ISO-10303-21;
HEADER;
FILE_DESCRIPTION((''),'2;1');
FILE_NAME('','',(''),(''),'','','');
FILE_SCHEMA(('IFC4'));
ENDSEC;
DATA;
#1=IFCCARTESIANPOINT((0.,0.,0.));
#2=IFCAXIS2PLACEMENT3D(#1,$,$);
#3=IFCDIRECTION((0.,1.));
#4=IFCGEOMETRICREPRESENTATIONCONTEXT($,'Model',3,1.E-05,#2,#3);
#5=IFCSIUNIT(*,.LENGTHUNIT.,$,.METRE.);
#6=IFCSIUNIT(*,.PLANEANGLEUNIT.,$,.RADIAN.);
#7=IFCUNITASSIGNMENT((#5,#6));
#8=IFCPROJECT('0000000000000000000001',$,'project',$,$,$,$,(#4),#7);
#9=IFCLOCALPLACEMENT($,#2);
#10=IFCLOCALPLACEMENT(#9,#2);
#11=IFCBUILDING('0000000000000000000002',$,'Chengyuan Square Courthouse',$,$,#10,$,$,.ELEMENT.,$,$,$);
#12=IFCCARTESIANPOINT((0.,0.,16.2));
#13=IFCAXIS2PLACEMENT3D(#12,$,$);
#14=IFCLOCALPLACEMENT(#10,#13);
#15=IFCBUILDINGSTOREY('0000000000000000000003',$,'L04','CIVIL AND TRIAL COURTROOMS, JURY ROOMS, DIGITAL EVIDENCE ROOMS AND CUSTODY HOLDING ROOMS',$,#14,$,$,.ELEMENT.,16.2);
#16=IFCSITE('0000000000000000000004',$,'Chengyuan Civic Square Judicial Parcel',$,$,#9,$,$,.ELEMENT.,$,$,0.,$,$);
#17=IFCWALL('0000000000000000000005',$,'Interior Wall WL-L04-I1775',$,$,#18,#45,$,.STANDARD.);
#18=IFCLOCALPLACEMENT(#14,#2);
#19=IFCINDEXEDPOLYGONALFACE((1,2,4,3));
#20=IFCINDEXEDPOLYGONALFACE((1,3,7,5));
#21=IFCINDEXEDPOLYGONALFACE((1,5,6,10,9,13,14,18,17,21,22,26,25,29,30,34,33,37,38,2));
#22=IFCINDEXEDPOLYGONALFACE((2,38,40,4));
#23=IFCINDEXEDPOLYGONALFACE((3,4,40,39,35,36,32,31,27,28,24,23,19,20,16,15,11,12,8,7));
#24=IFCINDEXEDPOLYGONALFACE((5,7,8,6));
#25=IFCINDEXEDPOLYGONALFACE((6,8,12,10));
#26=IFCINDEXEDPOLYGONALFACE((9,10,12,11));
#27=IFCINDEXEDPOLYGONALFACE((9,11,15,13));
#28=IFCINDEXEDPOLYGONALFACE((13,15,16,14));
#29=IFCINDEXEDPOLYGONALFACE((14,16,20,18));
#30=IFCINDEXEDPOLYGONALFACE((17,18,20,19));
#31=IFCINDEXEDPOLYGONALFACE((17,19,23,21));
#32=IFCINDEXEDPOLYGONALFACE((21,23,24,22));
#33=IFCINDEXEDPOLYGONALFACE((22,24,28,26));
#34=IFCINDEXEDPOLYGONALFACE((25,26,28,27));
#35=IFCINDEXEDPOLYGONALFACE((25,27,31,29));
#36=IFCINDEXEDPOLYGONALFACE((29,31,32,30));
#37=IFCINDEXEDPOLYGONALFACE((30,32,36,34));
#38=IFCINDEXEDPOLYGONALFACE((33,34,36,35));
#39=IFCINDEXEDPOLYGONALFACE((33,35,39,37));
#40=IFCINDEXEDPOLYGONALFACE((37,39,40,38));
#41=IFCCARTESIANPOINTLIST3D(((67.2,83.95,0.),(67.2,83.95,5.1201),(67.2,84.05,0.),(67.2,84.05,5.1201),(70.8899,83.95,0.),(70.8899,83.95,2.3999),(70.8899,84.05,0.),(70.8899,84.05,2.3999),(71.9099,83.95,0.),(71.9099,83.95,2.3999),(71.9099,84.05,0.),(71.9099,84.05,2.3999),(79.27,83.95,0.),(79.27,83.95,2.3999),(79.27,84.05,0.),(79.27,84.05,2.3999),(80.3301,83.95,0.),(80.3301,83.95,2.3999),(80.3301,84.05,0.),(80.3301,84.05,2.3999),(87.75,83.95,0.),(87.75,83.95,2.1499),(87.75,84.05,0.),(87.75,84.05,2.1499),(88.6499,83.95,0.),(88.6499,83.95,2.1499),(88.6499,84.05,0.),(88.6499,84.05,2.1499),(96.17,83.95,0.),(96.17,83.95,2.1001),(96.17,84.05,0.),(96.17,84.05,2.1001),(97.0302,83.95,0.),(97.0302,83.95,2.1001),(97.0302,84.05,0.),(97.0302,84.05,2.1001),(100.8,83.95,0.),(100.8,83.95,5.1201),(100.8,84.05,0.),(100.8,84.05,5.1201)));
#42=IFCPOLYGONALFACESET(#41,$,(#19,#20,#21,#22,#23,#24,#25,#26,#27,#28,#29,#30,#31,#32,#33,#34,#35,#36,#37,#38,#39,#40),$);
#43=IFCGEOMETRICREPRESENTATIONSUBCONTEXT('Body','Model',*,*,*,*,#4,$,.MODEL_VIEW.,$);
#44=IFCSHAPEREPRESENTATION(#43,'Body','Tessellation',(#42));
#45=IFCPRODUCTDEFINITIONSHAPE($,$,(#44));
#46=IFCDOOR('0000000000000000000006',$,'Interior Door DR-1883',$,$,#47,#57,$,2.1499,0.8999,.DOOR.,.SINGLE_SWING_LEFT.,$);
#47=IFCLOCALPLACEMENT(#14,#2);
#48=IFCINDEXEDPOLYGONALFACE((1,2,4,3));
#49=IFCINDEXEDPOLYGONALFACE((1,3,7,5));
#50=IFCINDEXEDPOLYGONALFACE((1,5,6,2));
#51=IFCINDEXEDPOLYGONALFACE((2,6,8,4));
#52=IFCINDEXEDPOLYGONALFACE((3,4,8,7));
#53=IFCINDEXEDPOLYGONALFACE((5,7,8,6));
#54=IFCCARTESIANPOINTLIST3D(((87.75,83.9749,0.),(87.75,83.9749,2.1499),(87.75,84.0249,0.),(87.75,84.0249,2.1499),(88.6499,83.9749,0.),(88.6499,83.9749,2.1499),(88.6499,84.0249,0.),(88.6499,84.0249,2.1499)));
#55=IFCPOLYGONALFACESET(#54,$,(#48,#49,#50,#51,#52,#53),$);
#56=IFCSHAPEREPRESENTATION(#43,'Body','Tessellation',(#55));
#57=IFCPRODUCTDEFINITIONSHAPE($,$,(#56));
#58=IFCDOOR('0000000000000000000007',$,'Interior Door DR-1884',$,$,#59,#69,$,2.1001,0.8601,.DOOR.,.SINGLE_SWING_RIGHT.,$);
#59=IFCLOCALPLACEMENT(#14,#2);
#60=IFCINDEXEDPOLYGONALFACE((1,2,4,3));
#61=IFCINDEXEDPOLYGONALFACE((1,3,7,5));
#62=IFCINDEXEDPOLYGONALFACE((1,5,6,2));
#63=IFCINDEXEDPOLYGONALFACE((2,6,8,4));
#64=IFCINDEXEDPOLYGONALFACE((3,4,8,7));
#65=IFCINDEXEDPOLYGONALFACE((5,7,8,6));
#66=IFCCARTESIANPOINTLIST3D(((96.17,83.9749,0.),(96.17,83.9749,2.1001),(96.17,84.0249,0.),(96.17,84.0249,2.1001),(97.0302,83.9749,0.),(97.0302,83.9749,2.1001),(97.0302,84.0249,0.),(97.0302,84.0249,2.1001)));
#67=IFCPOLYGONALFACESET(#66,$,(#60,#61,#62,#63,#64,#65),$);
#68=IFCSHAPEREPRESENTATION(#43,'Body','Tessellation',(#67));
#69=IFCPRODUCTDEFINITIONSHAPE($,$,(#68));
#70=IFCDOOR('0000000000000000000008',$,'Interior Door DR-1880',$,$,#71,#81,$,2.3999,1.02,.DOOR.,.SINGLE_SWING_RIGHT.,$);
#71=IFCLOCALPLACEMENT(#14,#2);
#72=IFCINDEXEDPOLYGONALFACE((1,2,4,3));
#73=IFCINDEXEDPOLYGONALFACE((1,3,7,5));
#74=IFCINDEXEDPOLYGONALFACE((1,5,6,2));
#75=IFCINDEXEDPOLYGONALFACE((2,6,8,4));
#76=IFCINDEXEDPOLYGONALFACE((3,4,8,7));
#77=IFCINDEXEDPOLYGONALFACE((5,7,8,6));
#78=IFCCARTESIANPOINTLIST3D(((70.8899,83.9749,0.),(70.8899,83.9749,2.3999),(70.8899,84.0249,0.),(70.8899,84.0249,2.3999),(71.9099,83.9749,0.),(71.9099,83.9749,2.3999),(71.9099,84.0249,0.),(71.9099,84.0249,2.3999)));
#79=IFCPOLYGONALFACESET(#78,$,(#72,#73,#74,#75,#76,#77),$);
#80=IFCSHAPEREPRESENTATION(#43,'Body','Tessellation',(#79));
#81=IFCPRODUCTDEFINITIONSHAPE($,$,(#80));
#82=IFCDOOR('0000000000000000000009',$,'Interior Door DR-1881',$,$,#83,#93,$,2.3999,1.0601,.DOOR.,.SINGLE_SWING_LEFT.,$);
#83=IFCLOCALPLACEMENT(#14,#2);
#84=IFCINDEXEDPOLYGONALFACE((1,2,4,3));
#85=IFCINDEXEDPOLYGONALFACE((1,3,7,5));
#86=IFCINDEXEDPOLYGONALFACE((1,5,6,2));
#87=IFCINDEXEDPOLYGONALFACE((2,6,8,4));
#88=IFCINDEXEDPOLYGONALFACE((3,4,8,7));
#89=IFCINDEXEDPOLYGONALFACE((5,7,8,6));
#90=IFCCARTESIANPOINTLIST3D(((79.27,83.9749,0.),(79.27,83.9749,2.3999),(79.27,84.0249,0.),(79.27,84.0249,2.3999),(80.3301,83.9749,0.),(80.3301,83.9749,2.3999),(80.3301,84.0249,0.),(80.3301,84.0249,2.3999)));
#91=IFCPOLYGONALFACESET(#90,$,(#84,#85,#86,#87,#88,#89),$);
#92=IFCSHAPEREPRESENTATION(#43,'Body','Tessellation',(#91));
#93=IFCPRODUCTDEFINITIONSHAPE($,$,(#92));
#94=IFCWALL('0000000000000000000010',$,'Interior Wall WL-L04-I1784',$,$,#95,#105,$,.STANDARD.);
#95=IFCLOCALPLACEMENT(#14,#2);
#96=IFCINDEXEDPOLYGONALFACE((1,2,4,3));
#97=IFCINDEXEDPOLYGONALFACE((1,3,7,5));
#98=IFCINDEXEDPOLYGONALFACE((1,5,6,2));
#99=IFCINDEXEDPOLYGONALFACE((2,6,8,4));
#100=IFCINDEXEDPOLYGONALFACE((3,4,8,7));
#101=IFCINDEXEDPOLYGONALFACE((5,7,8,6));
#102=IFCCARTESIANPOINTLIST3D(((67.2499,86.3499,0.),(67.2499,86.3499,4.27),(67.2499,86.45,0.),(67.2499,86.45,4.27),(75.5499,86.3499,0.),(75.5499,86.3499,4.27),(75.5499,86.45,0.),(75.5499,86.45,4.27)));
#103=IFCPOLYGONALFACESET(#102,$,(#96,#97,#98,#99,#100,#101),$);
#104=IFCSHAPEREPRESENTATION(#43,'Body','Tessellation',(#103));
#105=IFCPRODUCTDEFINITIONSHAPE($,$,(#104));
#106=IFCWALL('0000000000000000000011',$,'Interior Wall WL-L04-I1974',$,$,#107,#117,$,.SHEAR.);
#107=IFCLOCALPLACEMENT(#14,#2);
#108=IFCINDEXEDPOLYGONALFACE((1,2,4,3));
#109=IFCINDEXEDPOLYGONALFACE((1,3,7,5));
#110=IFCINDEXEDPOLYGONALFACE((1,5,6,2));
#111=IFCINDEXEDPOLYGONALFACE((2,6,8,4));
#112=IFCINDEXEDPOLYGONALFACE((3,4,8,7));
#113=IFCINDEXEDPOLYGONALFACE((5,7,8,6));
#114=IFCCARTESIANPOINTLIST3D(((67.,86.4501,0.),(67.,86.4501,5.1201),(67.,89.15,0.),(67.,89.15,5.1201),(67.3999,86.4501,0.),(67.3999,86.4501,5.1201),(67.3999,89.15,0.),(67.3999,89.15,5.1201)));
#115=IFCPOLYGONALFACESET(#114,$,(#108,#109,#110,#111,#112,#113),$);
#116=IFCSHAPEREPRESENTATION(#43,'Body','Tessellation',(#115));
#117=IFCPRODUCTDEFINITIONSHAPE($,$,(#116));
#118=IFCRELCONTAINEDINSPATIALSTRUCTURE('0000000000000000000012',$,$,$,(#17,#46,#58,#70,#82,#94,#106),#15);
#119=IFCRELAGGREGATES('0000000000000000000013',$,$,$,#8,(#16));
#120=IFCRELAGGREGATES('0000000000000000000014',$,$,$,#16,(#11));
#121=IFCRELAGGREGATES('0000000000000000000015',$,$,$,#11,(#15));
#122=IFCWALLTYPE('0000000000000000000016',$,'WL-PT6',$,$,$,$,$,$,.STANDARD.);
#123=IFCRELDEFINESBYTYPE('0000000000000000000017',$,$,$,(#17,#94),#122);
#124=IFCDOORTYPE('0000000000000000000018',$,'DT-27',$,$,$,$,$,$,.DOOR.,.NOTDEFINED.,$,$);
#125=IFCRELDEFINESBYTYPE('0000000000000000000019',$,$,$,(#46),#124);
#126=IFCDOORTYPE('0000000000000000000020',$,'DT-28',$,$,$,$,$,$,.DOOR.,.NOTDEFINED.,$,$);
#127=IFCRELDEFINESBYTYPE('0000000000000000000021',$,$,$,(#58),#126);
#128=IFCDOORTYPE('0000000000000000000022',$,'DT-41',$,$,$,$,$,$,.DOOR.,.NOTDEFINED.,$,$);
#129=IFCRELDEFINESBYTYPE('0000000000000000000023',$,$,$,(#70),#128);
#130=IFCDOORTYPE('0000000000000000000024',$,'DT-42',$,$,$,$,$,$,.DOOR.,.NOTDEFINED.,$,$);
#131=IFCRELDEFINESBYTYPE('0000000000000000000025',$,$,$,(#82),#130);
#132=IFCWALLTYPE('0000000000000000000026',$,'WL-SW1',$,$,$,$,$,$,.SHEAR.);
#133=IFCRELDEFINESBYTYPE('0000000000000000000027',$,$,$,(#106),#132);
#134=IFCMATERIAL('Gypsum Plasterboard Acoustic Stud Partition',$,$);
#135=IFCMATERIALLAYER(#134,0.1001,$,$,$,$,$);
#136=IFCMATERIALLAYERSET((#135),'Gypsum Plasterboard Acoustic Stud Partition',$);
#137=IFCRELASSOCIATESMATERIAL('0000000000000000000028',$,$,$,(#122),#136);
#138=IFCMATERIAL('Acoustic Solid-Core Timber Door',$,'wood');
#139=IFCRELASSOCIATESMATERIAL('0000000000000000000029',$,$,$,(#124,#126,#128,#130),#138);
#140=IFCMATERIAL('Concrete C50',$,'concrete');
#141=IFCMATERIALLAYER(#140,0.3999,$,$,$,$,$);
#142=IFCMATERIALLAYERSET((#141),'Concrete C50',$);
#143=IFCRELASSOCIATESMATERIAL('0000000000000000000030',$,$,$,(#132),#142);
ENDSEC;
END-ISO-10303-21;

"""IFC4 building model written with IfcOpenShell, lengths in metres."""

from ifc_helpers import new_model, si_unit, direction, frame, frame_2d, origin, place, context, subcontext, project, spatial, rectangle, extrude, material, layer, layer_set, type_object, element, fill, save


model = new_model("IFC4")

# Units and contexts
model_context = context("Model", 3, precision=1e-05, world=origin(), true_north=direction((0.0, 1.0)))
body_context = subcontext(model_context, "Body", "Model", "MODEL_VIEW")
ifc_project = project(units=[si_unit("LENGTHUNIT", "METRE"), si_unit("PLANEANGLEUNIT", "RADIAN")], contexts=[model_context])

# Site, building, storey
site_placement = place(None, origin())
site = spatial("IfcSite", under=ifc_project, at=site_placement, Name="Chengyuan Civic Square Judicial Parcel", CompositionType="ELEMENT", RefElevation=0.0)
building_placement = place(site_placement, origin())
building = spatial("IfcBuilding", under=site, at=building_placement, Name="Chengyuan Square Courthouse", CompositionType="ELEMENT")
storey_placement = place(building_placement, frame((0.0, 0.0, 16.2)))
storey = spatial("IfcBuildingStorey", under=building, at=storey_placement, Name="L04", Description="CIVIL AND TRIAL COURTROOMS, JURY ROOMS, DIGITAL EVIDENCE ROOMS AND CUSTODY HOLDING ROOMS", CompositionType="ELEMENT", Elevation=16.2)

# Shared definitions
ifc_material_1 = material(Name="Concrete C50", Category="concrete")

# Wall, openings, doors
ifc_material_2 = material(Name="Gypsum Plasterboard Acoustic Stud Partition")
ifc_layer_1 = layer(ifc_material_2, 0.1001)
ifc_layer_set_1 = layer_set([ifc_layer_1], Name="Gypsum Plasterboard Acoustic Stud Partition")
wall_type_1 = type_object("IfcWallType", Name="WL-PT6", PredefinedType="STANDARD", material=ifc_layer_set_1)
wall_1_placement = place(storey_placement, frame((67.2, 84.0, 0.0), z_axis=(0.0, 0.0, 1.0), x_axis=(1.0, 0.0, 0.0)))
wall_1 = element("IfcWall", 1, at=wall_1_placement, inside=storey, type_object=wall_type_1, Name="Interior Wall WL-L04-I1775", PredefinedType="STANDARD", context=body_context, shape_type="SweptSolid", body=[
    extrude(rectangle(XDim=33.6001, YDim=0.1001, at=frame_2d((16.8, 0.0))), origin(), (0.0, 0.0, 1.0), 5.1201),
])
opening_1_placement = place(wall_1_placement, frame((3.6899, 0.0, 0.0)))
opening_1 = element("IfcOpeningElement", 2, at=opening_1_placement, cuts=wall_1, PredefinedType="OPENING", context=body_context, shape_type="SweptSolid", body=[
    extrude(rectangle(XDim=1.02, YDim=2.3999, at=frame_2d((0.51, 1.2))), frame((0.0, 0.062, 0.0), z_axis=(0.0, -1.0, 0.0), x_axis=(1.0, 0.0, 0.0)), (0.0, 0.0, 1.0), 0.124),
])
opening_2_placement = place(wall_1_placement, frame((12.0701, 0.0, 0.0)))
opening_2 = element("IfcOpeningElement", 3, at=opening_2_placement, cuts=wall_1, PredefinedType="OPENING", context=body_context, shape_type="SweptSolid", body=[
    extrude(rectangle(XDim=1.0601, YDim=2.3999, at=frame_2d((0.53, 1.2))), frame((0.0, 0.062, 0.0), z_axis=(0.0, -1.0, 0.0), x_axis=(1.0, 0.0, 0.0)), (0.0, 0.0, 1.0), 0.124),
])
opening_3_placement = place(wall_1_placement, frame((20.55, 0.0, 0.0)))
opening_3 = element("IfcOpeningElement", 4, at=opening_3_placement, cuts=wall_1, PredefinedType="OPENING", context=body_context, shape_type="SweptSolid", body=[
    extrude(rectangle(XDim=0.8999, YDim=2.1499, at=frame_2d((0.45, 1.075))), frame((0.0, 0.062, 0.0), z_axis=(0.0, -1.0, 0.0), x_axis=(1.0, 0.0, 0.0)), (0.0, 0.0, 1.0), 0.124),
])
opening_4_placement = place(wall_1_placement, frame((28.97, 0.0, 0.0)))
opening_4 = element("IfcOpeningElement", 5, at=opening_4_placement, cuts=wall_1, PredefinedType="OPENING", context=body_context, shape_type="SweptSolid", body=[
    extrude(rectangle(XDim=0.8601, YDim=2.1001, at=frame_2d((0.4302, 1.05))), frame((0.0, 0.062, 0.0), z_axis=(0.0, -1.0, 0.0), x_axis=(1.0, 0.0, 0.0)), (0.0, 0.0, 1.0), 0.124),
])
ifc_material_3 = material(Name="Acoustic Solid-Core Timber Door", Category="wood")
door_type_1 = type_object("IfcDoorType", Name="DT-27", OperationType="NOTDEFINED", PredefinedType="DOOR", material=ifc_material_3)
door_1_placement = place(opening_3_placement, origin())
door_1 = element("IfcDoor", 6, at=door_1_placement, inside=storey, type_object=door_type_1, Name="Interior Door DR-1883", OperationType="SINGLE_SWING_LEFT", OverallHeight=2.1499, OverallWidth=0.8999, PredefinedType="DOOR", context=body_context, shape_type="SweptSolid", body=[
    extrude(rectangle(XDim=0.8999, YDim=2.1499, at=frame_2d((0.45, 1.075))), frame((0.0, 0.0249, 0.0), z_axis=(0.0, -1.0, 0.0), x_axis=(1.0, 0.0, 0.0)), (0.0, 0.0, 1.0), 0.05),
])
fill(opening_3, door_1)
door_type_2 = type_object("IfcDoorType", Name="DT-28", OperationType="NOTDEFINED", PredefinedType="DOOR", material=ifc_material_3)
door_2_placement = place(opening_4_placement, origin())
door_2 = element("IfcDoor", 7, at=door_2_placement, inside=storey, type_object=door_type_2, Name="Interior Door DR-1884", OperationType="SINGLE_SWING_RIGHT", OverallHeight=2.1001, OverallWidth=0.8601, PredefinedType="DOOR", context=body_context, shape_type="SweptSolid", body=[
    extrude(rectangle(XDim=0.8601, YDim=2.1001, at=frame_2d((0.4302, 1.05))), frame((0.0, 0.0249, 0.0), z_axis=(0.0, -1.0, 0.0), x_axis=(1.0, 0.0, 0.0)), (0.0, 0.0, 1.0), 0.05),
])
fill(opening_4, door_2)
door_type_3 = type_object("IfcDoorType", Name="DT-41", OperationType="NOTDEFINED", PredefinedType="DOOR", material=ifc_material_3)
door_3_placement = place(opening_1_placement, origin())
door_3 = element("IfcDoor", 8, at=door_3_placement, inside=storey, type_object=door_type_3, Name="Interior Door DR-1880", OperationType="SINGLE_SWING_RIGHT", OverallHeight=2.3999, OverallWidth=1.02, PredefinedType="DOOR", context=body_context, shape_type="SweptSolid", body=[
    extrude(rectangle(XDim=1.02, YDim=2.3999, at=frame_2d((0.51, 1.2))), frame((0.0, 0.0249, 0.0), z_axis=(0.0, -1.0, 0.0), x_axis=(1.0, 0.0, 0.0)), (0.0, 0.0, 1.0), 0.05),
])
fill(opening_1, door_3)
door_type_4 = type_object("IfcDoorType", Name="DT-42", OperationType="NOTDEFINED", PredefinedType="DOOR", material=ifc_material_3)
door_4_placement = place(opening_2_placement, origin())
door_4 = element("IfcDoor", 9, at=door_4_placement, inside=storey, type_object=door_type_4, Name="Interior Door DR-1881", OperationType="SINGLE_SWING_LEFT", OverallHeight=2.3999, OverallWidth=1.0601, PredefinedType="DOOR", context=body_context, shape_type="SweptSolid", body=[
    extrude(rectangle(XDim=1.0601, YDim=2.3999, at=frame_2d((0.53, 1.2))), frame((0.0, 0.0249, 0.0), z_axis=(0.0, -1.0, 0.0), x_axis=(1.0, 0.0, 0.0)), (0.0, 0.0, 1.0), 0.05),
])
fill(opening_2, door_4)

# Walls
wall_2_placement = place(storey_placement, frame((67.25, 86.3999, 0.0), z_axis=(0.0, 0.0, 1.0), x_axis=(1.0, 0.0, 0.0)))
element("IfcWall", 10, at=wall_2_placement, inside=storey, type_object=wall_type_1, Name="Interior Wall WL-L04-I1784", PredefinedType="STANDARD", context=body_context, shape_type="SweptSolid", body=[
    extrude(rectangle(XDim=8.3, YDim=0.1001, at=frame_2d((4.1499, 0.0))), origin(), (0.0, 0.0, 1.0), 4.27),
])
ifc_layer_2 = layer(ifc_material_1, 0.3999)
ifc_layer_set_2 = layer_set([ifc_layer_2], Name="Concrete C50")
wall_type_2 = type_object("IfcWallType", Name="WL-SW1", PredefinedType="SHEAR", material=ifc_layer_set_2)
wall_3_placement = place(storey_placement, frame((67.2, 86.45, 0.0), z_axis=(0.0, 0.0, 1.0), x_axis=(0.0, 1.0, 0.0)))
element("IfcWall", 11, at=wall_3_placement, inside=storey, type_object=wall_type_2, Name="Interior Wall WL-L04-I1974", PredefinedType="SHEAR", context=body_context, shape_type="SweptSolid", body=[
    extrude(rectangle(XDim=2.7, YDim=0.3999, at=frame_2d((1.3501, 0.0))), origin(), (0.0, 0.0, 1.0), 5.1201),
])

save(model, "model.ifc")
